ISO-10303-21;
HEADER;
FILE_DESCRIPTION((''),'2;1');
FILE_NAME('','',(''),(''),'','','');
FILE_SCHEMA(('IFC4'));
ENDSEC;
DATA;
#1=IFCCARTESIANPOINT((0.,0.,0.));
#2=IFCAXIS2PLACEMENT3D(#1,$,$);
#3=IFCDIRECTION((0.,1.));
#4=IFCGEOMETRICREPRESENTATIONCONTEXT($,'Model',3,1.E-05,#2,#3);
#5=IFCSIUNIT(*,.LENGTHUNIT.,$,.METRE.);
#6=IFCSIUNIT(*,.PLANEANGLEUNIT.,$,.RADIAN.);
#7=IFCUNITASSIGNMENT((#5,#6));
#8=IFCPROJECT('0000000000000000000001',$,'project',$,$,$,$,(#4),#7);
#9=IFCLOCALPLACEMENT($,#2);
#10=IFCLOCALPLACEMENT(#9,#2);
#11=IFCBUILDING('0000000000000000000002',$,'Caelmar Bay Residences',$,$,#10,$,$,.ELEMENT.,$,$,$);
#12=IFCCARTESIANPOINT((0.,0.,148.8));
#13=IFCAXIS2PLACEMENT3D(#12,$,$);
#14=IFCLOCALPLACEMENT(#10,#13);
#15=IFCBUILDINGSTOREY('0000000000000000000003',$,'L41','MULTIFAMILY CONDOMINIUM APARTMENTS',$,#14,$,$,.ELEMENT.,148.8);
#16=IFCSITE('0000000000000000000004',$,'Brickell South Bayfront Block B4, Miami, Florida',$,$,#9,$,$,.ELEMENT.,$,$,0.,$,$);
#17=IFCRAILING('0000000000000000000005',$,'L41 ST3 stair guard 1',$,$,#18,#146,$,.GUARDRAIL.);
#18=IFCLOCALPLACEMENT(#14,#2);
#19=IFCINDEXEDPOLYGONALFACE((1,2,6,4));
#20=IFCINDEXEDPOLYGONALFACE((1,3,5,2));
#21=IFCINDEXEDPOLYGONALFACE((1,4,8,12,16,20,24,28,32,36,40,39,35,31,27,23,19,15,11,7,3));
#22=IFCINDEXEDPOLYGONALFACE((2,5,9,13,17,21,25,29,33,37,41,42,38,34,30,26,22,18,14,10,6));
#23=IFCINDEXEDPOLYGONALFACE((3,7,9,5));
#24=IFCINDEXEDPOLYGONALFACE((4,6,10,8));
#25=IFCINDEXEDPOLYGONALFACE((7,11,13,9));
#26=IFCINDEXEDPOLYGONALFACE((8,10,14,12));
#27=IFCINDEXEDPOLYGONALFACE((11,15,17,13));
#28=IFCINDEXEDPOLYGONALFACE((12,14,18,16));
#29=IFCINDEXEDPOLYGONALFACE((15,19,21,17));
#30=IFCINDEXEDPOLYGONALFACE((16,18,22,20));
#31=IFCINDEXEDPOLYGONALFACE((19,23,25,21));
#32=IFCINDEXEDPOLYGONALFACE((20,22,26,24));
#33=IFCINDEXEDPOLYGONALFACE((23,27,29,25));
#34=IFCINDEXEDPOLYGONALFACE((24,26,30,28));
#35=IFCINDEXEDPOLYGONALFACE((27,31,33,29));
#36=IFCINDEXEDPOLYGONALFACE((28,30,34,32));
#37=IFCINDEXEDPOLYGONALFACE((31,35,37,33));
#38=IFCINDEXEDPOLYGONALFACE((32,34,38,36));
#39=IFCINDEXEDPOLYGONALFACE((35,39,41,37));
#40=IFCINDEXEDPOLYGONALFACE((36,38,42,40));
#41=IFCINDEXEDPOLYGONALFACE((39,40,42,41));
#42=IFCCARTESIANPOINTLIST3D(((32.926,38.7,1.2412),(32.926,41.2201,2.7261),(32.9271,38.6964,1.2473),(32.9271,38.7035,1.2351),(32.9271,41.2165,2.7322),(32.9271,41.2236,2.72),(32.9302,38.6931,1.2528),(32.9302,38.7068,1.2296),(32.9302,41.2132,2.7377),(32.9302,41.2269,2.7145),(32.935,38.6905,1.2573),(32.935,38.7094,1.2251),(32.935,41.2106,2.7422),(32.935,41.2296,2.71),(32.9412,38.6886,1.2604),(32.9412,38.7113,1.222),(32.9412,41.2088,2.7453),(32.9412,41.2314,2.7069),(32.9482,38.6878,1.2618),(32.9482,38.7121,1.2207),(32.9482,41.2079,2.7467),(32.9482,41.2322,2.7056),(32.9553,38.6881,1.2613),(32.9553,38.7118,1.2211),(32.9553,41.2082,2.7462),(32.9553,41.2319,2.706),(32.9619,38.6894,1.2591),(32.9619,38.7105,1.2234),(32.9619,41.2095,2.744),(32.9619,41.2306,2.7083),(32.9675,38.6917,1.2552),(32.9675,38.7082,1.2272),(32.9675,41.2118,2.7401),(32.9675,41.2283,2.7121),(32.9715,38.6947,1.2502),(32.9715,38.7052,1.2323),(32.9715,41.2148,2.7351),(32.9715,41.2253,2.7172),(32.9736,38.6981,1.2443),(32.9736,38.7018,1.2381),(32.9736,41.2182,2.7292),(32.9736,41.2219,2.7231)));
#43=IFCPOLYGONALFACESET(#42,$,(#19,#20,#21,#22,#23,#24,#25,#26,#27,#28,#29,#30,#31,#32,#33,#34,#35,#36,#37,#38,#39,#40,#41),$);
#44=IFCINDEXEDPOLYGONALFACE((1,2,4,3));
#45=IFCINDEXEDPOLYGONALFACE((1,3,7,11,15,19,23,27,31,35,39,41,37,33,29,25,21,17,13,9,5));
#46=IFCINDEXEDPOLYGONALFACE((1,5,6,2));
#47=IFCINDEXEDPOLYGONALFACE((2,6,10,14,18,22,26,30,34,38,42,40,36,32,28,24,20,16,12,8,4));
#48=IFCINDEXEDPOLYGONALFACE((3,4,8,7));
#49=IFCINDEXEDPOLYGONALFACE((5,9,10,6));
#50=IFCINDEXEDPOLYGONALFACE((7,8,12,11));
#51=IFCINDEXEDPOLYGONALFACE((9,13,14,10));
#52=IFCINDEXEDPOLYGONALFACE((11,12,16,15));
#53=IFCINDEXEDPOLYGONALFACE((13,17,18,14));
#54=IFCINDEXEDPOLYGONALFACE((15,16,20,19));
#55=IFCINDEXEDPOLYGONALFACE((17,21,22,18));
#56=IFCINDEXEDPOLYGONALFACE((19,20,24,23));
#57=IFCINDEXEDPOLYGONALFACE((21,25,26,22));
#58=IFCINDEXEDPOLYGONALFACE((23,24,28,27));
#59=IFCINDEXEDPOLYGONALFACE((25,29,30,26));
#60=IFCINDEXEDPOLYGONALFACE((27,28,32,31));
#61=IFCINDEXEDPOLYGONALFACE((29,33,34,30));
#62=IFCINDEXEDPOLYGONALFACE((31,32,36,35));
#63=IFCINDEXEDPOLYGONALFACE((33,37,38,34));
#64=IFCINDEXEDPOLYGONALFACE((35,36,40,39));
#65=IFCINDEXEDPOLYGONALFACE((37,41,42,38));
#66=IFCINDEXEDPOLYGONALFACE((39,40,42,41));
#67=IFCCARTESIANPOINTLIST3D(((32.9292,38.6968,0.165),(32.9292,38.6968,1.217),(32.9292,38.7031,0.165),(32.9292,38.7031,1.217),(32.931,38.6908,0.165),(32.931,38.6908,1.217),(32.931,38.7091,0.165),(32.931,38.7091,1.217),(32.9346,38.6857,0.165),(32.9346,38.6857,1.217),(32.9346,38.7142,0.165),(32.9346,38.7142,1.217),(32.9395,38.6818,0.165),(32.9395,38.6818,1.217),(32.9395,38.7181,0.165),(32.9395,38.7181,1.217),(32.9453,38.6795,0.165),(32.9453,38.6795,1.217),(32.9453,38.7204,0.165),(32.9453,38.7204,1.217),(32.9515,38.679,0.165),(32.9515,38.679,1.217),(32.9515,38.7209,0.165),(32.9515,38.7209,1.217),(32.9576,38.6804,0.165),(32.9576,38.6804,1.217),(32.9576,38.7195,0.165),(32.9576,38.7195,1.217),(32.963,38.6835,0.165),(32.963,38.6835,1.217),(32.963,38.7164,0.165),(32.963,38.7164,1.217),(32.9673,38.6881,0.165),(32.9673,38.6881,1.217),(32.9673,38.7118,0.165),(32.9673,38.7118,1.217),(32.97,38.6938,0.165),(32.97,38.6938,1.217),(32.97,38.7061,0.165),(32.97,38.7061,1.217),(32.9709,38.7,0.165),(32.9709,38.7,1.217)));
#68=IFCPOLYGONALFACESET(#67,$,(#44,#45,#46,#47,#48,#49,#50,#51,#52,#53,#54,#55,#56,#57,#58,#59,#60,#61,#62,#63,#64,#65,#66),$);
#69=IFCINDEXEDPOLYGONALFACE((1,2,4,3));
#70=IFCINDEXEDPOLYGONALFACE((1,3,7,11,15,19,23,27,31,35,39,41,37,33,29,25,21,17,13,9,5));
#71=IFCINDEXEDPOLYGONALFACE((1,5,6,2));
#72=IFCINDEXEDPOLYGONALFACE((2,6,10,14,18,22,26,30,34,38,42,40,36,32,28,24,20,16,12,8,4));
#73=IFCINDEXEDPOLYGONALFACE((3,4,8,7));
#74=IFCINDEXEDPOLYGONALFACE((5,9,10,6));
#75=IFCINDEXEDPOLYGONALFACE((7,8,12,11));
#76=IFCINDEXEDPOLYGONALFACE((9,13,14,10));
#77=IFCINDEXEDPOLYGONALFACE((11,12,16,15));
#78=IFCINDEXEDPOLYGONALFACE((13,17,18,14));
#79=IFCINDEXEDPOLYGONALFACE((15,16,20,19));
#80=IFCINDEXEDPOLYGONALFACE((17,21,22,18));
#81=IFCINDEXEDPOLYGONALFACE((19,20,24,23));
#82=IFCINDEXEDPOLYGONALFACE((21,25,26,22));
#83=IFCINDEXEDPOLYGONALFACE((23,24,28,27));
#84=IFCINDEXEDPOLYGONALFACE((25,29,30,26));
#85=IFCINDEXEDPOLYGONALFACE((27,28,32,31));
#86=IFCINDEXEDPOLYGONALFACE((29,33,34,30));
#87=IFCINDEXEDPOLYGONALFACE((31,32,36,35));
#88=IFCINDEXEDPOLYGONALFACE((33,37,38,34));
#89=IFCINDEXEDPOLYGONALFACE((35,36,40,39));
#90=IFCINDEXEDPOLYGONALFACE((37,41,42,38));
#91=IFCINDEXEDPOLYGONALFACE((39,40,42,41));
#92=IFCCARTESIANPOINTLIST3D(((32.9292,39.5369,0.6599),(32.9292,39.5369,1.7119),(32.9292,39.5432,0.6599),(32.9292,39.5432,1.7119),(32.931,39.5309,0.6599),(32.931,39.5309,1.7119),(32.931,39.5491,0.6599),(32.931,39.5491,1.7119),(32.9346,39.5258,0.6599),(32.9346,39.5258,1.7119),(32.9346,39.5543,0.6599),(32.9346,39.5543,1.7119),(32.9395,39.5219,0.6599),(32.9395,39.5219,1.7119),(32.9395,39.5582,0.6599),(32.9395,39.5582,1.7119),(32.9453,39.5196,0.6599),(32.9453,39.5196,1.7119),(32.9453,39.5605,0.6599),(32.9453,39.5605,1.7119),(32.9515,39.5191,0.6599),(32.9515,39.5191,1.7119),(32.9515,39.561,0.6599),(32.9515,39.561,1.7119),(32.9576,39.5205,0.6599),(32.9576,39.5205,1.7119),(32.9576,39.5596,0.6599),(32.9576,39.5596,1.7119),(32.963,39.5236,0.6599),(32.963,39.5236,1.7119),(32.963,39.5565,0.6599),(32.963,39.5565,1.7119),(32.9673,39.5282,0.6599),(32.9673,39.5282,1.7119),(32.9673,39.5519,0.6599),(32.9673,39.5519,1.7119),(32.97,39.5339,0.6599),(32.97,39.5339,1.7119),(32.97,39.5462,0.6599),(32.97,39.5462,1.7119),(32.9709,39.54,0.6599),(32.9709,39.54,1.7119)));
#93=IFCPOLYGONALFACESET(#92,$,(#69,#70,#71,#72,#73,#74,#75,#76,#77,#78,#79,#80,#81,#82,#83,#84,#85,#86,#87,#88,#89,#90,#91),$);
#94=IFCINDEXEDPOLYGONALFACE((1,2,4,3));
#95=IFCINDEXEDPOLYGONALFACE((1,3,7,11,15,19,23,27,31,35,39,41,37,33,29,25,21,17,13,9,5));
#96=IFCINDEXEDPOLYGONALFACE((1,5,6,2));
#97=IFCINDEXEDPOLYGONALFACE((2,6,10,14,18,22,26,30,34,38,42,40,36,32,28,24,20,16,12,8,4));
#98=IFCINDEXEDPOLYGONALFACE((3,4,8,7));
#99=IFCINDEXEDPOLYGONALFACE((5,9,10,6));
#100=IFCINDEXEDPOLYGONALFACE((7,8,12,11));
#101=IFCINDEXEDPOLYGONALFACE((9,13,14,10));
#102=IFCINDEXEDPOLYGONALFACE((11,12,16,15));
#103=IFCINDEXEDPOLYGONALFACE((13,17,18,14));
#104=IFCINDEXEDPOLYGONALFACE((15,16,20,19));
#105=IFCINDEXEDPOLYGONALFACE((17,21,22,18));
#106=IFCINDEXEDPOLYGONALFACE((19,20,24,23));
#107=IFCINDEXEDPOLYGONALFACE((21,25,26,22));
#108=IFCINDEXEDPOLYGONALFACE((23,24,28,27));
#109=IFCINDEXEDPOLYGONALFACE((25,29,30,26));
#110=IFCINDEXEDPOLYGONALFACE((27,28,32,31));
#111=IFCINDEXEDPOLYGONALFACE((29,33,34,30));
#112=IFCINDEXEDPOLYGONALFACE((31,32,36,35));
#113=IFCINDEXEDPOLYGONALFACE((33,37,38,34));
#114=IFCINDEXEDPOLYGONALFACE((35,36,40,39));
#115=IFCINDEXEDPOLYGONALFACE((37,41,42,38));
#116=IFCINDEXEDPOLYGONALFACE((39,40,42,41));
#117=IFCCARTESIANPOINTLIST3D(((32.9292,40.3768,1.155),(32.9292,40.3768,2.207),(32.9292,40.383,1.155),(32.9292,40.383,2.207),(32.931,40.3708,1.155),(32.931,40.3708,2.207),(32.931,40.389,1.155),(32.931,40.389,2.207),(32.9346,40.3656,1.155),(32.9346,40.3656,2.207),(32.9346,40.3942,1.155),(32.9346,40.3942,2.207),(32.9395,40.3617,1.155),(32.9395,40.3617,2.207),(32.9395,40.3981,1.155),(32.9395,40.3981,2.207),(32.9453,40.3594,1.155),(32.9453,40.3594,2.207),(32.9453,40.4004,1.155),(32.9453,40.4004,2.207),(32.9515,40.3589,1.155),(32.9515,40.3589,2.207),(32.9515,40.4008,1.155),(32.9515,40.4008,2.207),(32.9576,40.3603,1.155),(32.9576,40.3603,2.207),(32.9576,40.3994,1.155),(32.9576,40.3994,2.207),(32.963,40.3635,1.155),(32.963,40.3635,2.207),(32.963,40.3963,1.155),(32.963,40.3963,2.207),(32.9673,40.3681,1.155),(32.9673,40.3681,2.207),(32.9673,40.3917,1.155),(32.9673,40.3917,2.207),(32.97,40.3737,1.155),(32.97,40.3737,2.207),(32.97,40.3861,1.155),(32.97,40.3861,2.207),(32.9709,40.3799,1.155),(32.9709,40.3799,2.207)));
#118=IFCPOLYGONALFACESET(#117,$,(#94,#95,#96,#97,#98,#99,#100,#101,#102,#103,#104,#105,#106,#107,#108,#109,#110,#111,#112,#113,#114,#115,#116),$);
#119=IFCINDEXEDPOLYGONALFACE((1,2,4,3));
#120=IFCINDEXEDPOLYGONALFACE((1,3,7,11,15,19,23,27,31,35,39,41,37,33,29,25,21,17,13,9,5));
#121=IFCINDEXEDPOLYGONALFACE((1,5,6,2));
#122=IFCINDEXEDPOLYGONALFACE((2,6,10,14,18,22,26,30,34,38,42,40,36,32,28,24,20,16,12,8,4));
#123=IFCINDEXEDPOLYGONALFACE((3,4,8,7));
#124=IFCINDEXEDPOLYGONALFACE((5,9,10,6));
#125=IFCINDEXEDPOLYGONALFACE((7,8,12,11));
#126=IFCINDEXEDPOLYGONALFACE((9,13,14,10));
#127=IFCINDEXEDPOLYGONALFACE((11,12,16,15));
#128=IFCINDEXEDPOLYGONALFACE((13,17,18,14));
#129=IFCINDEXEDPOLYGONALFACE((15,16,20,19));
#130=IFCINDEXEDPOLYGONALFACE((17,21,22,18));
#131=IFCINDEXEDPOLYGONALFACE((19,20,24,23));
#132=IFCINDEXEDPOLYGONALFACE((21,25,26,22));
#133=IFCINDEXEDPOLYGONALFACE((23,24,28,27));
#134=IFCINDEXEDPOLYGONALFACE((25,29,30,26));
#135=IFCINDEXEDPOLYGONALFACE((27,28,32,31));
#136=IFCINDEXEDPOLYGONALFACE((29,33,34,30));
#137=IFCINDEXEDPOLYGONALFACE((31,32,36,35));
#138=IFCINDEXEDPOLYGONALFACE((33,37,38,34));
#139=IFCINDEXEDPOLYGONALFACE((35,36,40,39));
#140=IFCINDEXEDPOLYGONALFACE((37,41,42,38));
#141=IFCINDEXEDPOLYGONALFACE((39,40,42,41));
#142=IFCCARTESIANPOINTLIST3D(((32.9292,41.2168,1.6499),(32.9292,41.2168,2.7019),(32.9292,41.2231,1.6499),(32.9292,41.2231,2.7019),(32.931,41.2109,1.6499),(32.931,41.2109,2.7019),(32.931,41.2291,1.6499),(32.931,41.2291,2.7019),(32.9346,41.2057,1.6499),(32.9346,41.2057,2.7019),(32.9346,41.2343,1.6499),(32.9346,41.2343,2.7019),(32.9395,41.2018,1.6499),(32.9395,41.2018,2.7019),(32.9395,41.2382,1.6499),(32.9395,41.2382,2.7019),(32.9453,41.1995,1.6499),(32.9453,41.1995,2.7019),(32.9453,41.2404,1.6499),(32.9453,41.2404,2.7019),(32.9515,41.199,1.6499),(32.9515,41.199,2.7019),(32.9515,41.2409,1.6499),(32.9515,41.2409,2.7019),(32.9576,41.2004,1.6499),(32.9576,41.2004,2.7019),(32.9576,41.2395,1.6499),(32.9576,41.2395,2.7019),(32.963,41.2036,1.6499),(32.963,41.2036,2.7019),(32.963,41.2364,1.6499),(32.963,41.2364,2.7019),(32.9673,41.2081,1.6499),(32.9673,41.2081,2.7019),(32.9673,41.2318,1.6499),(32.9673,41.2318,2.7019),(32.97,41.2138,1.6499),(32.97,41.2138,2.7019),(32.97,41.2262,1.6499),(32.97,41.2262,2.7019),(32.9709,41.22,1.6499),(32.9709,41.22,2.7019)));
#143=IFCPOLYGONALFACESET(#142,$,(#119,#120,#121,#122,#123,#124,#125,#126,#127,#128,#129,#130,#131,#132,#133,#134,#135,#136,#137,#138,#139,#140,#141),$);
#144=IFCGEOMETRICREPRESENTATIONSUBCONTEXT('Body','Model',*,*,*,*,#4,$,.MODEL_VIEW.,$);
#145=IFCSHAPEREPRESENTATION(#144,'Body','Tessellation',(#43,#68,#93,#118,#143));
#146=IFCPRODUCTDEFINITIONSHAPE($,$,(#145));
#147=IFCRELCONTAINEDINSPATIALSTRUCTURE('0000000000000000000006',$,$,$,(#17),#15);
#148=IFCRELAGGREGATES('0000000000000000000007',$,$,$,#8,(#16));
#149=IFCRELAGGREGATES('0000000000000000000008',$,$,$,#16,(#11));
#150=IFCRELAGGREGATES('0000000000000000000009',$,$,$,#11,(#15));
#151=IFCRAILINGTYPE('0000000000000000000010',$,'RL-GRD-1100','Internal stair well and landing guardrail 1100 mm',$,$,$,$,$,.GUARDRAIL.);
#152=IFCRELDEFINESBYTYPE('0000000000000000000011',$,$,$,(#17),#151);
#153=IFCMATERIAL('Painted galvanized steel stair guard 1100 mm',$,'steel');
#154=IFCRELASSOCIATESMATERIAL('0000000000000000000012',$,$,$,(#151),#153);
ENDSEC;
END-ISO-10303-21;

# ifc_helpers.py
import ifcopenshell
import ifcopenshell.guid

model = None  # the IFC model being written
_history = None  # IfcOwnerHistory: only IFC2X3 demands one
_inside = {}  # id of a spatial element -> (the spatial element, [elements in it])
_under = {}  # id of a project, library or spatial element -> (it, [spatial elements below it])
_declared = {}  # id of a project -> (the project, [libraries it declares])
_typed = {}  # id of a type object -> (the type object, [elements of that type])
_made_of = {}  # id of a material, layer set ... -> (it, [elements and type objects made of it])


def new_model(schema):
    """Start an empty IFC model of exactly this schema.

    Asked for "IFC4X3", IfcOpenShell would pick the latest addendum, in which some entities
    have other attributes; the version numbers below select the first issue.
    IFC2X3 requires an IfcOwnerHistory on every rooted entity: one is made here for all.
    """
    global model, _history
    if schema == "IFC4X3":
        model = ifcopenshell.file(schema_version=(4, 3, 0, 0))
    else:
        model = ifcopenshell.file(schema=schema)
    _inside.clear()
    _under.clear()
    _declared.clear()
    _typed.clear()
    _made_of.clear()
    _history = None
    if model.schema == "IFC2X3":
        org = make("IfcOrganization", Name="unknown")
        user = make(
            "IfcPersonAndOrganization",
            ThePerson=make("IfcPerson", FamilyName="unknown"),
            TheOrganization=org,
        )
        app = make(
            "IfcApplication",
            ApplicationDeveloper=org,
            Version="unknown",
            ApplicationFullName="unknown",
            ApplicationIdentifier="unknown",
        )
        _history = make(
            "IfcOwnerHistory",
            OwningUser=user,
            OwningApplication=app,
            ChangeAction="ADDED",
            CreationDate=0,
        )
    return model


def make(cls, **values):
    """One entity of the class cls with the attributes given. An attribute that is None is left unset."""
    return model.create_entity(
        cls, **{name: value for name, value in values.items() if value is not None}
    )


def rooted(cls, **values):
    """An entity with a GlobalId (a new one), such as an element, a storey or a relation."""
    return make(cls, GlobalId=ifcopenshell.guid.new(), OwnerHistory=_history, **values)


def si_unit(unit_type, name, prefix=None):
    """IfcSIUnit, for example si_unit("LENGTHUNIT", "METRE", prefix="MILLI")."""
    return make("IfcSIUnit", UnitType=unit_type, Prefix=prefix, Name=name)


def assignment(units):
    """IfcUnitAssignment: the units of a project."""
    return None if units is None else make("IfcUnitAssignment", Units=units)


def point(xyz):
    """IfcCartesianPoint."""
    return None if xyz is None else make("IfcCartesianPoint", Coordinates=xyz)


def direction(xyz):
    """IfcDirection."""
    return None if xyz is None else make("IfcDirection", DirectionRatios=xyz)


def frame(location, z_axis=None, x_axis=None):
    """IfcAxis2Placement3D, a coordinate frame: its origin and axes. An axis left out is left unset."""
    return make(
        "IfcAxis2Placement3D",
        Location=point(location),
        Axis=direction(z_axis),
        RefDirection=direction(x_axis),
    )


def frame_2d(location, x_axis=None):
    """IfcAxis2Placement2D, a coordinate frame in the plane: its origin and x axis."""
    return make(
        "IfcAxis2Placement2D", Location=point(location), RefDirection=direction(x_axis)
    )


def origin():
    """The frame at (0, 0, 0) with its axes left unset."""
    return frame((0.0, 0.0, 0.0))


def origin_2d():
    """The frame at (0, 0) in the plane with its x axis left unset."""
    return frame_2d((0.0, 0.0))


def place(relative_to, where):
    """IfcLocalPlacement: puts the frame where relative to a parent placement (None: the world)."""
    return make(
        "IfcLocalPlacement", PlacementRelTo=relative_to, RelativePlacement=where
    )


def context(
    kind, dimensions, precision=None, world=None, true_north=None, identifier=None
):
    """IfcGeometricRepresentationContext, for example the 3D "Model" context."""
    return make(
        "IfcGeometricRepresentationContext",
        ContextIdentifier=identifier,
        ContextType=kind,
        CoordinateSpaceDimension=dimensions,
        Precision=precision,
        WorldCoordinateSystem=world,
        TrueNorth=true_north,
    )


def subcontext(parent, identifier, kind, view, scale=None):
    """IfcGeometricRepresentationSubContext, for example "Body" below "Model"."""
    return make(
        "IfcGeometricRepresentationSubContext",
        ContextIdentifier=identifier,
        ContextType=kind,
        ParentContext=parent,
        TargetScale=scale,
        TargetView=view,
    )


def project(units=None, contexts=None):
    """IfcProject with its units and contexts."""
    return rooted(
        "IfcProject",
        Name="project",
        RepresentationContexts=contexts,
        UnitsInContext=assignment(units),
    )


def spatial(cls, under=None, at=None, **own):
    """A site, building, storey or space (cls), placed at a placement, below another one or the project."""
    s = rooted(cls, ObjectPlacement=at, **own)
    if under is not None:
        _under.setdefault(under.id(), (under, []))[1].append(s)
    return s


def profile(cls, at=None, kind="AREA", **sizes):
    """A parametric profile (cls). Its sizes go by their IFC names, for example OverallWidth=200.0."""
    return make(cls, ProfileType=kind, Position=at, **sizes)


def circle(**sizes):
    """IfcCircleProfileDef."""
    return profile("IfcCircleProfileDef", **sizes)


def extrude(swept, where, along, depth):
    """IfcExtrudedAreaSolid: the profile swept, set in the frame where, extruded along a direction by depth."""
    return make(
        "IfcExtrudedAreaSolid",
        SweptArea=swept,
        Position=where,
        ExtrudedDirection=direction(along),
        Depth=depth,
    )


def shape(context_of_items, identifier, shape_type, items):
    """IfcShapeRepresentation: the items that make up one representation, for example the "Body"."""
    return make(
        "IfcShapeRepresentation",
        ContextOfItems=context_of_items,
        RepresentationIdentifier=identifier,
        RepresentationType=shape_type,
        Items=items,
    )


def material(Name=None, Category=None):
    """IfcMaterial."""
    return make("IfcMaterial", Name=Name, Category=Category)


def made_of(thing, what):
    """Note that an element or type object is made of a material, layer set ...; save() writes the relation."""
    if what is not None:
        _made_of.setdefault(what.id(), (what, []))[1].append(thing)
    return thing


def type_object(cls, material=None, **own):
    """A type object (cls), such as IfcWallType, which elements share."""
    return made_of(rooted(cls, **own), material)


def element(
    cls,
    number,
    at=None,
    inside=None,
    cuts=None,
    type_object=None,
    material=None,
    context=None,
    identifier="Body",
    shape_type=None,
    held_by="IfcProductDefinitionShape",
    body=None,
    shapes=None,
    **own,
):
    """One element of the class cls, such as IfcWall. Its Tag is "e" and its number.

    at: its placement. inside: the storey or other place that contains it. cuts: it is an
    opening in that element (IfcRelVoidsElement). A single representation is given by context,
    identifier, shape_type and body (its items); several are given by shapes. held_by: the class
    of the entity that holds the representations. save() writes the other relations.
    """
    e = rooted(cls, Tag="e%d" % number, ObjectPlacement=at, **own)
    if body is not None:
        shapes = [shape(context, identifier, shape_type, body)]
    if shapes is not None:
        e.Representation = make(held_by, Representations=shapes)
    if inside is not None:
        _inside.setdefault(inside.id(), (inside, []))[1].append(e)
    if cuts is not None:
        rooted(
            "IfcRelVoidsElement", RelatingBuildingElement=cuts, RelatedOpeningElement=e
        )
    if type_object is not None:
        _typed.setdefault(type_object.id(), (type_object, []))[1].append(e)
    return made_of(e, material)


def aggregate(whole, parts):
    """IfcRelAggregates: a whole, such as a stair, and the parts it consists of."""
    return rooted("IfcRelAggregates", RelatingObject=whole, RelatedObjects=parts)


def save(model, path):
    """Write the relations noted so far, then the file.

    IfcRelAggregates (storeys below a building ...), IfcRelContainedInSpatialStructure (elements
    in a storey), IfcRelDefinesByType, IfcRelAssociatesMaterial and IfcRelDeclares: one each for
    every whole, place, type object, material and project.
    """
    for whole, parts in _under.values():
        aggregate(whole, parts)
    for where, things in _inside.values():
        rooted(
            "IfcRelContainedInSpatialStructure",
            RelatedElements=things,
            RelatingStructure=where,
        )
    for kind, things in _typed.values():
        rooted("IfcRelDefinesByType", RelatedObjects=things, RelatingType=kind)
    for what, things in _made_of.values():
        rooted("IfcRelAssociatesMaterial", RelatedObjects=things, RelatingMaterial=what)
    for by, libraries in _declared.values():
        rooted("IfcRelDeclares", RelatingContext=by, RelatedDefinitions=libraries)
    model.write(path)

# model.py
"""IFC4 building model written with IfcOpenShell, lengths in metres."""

from ifc_helpers import new_model, si_unit, direction, frame, origin, origin_2d, place, context, subcontext, project, spatial, circle, extrude, material, type_object, element, save


model = new_model("IFC4")

# Units and contexts
model_context = context("Model", 3, precision=1e-05, world=origin(), true_north=direction((0.0, 1.0)))
body_context = subcontext(model_context, "Body", "Model", "MODEL_VIEW")
ifc_project = project(units=[si_unit("LENGTHUNIT", "METRE"), si_unit("PLANEANGLEUNIT", "RADIAN")], contexts=[model_context])

# Site, building, storey
site_placement = place(None, origin())
site = spatial("IfcSite", under=ifc_project, at=site_placement, Name="Brickell South Bayfront Block B4, Miami, Florida", CompositionType="ELEMENT", RefElevation=0.0)
building_placement = place(site_placement, origin())
building = spatial("IfcBuilding", under=site, at=building_placement, Name="Caelmar Bay Residences", CompositionType="ELEMENT")
storey_placement = place(building_placement, frame((0.0, 0.0, 148.8)))
storey = spatial("IfcBuildingStorey", under=building, at=storey_placement, Name="L41", Description="MULTIFAMILY CONDOMINIUM APARTMENTS", CompositionType="ELEMENT", Elevation=148.8)

# Railing
ifc_material_1 = material(Name="Painted galvanized steel stair guard 1100 mm", Category="steel")
railing_type_1 = type_object("IfcRailingType", Name="RL-GRD-1100", Description="Internal stair well and landing guardrail 1100 mm", PredefinedType="GUARDRAIL", material=ifc_material_1)
railing_1_placement = place(storey_placement, frame((32.95, 38.7, 0.165)))
element("IfcRailing", 1, at=railing_1_placement, inside=storey, type_object=railing_type_1, Name="L41 ST3 stair guard 1", PredefinedType="GUARDRAIL", context=body_context, shape_type="SweptSolid", body=[
    extrude(circle(Radius=0.0239, at=origin_2d()), frame((0.0, 0.0, 1.0762), z_axis=(0.0, 0.861561, 0.507655), x_axis=(-1.0, 0.0, 0.0)), (0.0, 0.0, 1.0), 2.925),
    extrude(circle(Radius=0.021, at=origin_2d()), origin(), (0.0, 0.0, 1.0), 1.052),
    extrude(circle(Radius=0.021, at=origin_2d()), frame((0.0, 0.8401, 0.4949)), (0.0, 0.0, 1.0), 1.052),
    extrude(circle(Radius=0.021, at=origin_2d()), frame((0.0, 1.6799, 0.99)), (0.0, 0.0, 1.0), 1.052),
    extrude(circle(Radius=0.021, at=origin_2d()), frame((0.0, 2.52, 1.4849)), (0.0, 0.0, 1.0), 1.052),
])

save(model, "model.ifc")
